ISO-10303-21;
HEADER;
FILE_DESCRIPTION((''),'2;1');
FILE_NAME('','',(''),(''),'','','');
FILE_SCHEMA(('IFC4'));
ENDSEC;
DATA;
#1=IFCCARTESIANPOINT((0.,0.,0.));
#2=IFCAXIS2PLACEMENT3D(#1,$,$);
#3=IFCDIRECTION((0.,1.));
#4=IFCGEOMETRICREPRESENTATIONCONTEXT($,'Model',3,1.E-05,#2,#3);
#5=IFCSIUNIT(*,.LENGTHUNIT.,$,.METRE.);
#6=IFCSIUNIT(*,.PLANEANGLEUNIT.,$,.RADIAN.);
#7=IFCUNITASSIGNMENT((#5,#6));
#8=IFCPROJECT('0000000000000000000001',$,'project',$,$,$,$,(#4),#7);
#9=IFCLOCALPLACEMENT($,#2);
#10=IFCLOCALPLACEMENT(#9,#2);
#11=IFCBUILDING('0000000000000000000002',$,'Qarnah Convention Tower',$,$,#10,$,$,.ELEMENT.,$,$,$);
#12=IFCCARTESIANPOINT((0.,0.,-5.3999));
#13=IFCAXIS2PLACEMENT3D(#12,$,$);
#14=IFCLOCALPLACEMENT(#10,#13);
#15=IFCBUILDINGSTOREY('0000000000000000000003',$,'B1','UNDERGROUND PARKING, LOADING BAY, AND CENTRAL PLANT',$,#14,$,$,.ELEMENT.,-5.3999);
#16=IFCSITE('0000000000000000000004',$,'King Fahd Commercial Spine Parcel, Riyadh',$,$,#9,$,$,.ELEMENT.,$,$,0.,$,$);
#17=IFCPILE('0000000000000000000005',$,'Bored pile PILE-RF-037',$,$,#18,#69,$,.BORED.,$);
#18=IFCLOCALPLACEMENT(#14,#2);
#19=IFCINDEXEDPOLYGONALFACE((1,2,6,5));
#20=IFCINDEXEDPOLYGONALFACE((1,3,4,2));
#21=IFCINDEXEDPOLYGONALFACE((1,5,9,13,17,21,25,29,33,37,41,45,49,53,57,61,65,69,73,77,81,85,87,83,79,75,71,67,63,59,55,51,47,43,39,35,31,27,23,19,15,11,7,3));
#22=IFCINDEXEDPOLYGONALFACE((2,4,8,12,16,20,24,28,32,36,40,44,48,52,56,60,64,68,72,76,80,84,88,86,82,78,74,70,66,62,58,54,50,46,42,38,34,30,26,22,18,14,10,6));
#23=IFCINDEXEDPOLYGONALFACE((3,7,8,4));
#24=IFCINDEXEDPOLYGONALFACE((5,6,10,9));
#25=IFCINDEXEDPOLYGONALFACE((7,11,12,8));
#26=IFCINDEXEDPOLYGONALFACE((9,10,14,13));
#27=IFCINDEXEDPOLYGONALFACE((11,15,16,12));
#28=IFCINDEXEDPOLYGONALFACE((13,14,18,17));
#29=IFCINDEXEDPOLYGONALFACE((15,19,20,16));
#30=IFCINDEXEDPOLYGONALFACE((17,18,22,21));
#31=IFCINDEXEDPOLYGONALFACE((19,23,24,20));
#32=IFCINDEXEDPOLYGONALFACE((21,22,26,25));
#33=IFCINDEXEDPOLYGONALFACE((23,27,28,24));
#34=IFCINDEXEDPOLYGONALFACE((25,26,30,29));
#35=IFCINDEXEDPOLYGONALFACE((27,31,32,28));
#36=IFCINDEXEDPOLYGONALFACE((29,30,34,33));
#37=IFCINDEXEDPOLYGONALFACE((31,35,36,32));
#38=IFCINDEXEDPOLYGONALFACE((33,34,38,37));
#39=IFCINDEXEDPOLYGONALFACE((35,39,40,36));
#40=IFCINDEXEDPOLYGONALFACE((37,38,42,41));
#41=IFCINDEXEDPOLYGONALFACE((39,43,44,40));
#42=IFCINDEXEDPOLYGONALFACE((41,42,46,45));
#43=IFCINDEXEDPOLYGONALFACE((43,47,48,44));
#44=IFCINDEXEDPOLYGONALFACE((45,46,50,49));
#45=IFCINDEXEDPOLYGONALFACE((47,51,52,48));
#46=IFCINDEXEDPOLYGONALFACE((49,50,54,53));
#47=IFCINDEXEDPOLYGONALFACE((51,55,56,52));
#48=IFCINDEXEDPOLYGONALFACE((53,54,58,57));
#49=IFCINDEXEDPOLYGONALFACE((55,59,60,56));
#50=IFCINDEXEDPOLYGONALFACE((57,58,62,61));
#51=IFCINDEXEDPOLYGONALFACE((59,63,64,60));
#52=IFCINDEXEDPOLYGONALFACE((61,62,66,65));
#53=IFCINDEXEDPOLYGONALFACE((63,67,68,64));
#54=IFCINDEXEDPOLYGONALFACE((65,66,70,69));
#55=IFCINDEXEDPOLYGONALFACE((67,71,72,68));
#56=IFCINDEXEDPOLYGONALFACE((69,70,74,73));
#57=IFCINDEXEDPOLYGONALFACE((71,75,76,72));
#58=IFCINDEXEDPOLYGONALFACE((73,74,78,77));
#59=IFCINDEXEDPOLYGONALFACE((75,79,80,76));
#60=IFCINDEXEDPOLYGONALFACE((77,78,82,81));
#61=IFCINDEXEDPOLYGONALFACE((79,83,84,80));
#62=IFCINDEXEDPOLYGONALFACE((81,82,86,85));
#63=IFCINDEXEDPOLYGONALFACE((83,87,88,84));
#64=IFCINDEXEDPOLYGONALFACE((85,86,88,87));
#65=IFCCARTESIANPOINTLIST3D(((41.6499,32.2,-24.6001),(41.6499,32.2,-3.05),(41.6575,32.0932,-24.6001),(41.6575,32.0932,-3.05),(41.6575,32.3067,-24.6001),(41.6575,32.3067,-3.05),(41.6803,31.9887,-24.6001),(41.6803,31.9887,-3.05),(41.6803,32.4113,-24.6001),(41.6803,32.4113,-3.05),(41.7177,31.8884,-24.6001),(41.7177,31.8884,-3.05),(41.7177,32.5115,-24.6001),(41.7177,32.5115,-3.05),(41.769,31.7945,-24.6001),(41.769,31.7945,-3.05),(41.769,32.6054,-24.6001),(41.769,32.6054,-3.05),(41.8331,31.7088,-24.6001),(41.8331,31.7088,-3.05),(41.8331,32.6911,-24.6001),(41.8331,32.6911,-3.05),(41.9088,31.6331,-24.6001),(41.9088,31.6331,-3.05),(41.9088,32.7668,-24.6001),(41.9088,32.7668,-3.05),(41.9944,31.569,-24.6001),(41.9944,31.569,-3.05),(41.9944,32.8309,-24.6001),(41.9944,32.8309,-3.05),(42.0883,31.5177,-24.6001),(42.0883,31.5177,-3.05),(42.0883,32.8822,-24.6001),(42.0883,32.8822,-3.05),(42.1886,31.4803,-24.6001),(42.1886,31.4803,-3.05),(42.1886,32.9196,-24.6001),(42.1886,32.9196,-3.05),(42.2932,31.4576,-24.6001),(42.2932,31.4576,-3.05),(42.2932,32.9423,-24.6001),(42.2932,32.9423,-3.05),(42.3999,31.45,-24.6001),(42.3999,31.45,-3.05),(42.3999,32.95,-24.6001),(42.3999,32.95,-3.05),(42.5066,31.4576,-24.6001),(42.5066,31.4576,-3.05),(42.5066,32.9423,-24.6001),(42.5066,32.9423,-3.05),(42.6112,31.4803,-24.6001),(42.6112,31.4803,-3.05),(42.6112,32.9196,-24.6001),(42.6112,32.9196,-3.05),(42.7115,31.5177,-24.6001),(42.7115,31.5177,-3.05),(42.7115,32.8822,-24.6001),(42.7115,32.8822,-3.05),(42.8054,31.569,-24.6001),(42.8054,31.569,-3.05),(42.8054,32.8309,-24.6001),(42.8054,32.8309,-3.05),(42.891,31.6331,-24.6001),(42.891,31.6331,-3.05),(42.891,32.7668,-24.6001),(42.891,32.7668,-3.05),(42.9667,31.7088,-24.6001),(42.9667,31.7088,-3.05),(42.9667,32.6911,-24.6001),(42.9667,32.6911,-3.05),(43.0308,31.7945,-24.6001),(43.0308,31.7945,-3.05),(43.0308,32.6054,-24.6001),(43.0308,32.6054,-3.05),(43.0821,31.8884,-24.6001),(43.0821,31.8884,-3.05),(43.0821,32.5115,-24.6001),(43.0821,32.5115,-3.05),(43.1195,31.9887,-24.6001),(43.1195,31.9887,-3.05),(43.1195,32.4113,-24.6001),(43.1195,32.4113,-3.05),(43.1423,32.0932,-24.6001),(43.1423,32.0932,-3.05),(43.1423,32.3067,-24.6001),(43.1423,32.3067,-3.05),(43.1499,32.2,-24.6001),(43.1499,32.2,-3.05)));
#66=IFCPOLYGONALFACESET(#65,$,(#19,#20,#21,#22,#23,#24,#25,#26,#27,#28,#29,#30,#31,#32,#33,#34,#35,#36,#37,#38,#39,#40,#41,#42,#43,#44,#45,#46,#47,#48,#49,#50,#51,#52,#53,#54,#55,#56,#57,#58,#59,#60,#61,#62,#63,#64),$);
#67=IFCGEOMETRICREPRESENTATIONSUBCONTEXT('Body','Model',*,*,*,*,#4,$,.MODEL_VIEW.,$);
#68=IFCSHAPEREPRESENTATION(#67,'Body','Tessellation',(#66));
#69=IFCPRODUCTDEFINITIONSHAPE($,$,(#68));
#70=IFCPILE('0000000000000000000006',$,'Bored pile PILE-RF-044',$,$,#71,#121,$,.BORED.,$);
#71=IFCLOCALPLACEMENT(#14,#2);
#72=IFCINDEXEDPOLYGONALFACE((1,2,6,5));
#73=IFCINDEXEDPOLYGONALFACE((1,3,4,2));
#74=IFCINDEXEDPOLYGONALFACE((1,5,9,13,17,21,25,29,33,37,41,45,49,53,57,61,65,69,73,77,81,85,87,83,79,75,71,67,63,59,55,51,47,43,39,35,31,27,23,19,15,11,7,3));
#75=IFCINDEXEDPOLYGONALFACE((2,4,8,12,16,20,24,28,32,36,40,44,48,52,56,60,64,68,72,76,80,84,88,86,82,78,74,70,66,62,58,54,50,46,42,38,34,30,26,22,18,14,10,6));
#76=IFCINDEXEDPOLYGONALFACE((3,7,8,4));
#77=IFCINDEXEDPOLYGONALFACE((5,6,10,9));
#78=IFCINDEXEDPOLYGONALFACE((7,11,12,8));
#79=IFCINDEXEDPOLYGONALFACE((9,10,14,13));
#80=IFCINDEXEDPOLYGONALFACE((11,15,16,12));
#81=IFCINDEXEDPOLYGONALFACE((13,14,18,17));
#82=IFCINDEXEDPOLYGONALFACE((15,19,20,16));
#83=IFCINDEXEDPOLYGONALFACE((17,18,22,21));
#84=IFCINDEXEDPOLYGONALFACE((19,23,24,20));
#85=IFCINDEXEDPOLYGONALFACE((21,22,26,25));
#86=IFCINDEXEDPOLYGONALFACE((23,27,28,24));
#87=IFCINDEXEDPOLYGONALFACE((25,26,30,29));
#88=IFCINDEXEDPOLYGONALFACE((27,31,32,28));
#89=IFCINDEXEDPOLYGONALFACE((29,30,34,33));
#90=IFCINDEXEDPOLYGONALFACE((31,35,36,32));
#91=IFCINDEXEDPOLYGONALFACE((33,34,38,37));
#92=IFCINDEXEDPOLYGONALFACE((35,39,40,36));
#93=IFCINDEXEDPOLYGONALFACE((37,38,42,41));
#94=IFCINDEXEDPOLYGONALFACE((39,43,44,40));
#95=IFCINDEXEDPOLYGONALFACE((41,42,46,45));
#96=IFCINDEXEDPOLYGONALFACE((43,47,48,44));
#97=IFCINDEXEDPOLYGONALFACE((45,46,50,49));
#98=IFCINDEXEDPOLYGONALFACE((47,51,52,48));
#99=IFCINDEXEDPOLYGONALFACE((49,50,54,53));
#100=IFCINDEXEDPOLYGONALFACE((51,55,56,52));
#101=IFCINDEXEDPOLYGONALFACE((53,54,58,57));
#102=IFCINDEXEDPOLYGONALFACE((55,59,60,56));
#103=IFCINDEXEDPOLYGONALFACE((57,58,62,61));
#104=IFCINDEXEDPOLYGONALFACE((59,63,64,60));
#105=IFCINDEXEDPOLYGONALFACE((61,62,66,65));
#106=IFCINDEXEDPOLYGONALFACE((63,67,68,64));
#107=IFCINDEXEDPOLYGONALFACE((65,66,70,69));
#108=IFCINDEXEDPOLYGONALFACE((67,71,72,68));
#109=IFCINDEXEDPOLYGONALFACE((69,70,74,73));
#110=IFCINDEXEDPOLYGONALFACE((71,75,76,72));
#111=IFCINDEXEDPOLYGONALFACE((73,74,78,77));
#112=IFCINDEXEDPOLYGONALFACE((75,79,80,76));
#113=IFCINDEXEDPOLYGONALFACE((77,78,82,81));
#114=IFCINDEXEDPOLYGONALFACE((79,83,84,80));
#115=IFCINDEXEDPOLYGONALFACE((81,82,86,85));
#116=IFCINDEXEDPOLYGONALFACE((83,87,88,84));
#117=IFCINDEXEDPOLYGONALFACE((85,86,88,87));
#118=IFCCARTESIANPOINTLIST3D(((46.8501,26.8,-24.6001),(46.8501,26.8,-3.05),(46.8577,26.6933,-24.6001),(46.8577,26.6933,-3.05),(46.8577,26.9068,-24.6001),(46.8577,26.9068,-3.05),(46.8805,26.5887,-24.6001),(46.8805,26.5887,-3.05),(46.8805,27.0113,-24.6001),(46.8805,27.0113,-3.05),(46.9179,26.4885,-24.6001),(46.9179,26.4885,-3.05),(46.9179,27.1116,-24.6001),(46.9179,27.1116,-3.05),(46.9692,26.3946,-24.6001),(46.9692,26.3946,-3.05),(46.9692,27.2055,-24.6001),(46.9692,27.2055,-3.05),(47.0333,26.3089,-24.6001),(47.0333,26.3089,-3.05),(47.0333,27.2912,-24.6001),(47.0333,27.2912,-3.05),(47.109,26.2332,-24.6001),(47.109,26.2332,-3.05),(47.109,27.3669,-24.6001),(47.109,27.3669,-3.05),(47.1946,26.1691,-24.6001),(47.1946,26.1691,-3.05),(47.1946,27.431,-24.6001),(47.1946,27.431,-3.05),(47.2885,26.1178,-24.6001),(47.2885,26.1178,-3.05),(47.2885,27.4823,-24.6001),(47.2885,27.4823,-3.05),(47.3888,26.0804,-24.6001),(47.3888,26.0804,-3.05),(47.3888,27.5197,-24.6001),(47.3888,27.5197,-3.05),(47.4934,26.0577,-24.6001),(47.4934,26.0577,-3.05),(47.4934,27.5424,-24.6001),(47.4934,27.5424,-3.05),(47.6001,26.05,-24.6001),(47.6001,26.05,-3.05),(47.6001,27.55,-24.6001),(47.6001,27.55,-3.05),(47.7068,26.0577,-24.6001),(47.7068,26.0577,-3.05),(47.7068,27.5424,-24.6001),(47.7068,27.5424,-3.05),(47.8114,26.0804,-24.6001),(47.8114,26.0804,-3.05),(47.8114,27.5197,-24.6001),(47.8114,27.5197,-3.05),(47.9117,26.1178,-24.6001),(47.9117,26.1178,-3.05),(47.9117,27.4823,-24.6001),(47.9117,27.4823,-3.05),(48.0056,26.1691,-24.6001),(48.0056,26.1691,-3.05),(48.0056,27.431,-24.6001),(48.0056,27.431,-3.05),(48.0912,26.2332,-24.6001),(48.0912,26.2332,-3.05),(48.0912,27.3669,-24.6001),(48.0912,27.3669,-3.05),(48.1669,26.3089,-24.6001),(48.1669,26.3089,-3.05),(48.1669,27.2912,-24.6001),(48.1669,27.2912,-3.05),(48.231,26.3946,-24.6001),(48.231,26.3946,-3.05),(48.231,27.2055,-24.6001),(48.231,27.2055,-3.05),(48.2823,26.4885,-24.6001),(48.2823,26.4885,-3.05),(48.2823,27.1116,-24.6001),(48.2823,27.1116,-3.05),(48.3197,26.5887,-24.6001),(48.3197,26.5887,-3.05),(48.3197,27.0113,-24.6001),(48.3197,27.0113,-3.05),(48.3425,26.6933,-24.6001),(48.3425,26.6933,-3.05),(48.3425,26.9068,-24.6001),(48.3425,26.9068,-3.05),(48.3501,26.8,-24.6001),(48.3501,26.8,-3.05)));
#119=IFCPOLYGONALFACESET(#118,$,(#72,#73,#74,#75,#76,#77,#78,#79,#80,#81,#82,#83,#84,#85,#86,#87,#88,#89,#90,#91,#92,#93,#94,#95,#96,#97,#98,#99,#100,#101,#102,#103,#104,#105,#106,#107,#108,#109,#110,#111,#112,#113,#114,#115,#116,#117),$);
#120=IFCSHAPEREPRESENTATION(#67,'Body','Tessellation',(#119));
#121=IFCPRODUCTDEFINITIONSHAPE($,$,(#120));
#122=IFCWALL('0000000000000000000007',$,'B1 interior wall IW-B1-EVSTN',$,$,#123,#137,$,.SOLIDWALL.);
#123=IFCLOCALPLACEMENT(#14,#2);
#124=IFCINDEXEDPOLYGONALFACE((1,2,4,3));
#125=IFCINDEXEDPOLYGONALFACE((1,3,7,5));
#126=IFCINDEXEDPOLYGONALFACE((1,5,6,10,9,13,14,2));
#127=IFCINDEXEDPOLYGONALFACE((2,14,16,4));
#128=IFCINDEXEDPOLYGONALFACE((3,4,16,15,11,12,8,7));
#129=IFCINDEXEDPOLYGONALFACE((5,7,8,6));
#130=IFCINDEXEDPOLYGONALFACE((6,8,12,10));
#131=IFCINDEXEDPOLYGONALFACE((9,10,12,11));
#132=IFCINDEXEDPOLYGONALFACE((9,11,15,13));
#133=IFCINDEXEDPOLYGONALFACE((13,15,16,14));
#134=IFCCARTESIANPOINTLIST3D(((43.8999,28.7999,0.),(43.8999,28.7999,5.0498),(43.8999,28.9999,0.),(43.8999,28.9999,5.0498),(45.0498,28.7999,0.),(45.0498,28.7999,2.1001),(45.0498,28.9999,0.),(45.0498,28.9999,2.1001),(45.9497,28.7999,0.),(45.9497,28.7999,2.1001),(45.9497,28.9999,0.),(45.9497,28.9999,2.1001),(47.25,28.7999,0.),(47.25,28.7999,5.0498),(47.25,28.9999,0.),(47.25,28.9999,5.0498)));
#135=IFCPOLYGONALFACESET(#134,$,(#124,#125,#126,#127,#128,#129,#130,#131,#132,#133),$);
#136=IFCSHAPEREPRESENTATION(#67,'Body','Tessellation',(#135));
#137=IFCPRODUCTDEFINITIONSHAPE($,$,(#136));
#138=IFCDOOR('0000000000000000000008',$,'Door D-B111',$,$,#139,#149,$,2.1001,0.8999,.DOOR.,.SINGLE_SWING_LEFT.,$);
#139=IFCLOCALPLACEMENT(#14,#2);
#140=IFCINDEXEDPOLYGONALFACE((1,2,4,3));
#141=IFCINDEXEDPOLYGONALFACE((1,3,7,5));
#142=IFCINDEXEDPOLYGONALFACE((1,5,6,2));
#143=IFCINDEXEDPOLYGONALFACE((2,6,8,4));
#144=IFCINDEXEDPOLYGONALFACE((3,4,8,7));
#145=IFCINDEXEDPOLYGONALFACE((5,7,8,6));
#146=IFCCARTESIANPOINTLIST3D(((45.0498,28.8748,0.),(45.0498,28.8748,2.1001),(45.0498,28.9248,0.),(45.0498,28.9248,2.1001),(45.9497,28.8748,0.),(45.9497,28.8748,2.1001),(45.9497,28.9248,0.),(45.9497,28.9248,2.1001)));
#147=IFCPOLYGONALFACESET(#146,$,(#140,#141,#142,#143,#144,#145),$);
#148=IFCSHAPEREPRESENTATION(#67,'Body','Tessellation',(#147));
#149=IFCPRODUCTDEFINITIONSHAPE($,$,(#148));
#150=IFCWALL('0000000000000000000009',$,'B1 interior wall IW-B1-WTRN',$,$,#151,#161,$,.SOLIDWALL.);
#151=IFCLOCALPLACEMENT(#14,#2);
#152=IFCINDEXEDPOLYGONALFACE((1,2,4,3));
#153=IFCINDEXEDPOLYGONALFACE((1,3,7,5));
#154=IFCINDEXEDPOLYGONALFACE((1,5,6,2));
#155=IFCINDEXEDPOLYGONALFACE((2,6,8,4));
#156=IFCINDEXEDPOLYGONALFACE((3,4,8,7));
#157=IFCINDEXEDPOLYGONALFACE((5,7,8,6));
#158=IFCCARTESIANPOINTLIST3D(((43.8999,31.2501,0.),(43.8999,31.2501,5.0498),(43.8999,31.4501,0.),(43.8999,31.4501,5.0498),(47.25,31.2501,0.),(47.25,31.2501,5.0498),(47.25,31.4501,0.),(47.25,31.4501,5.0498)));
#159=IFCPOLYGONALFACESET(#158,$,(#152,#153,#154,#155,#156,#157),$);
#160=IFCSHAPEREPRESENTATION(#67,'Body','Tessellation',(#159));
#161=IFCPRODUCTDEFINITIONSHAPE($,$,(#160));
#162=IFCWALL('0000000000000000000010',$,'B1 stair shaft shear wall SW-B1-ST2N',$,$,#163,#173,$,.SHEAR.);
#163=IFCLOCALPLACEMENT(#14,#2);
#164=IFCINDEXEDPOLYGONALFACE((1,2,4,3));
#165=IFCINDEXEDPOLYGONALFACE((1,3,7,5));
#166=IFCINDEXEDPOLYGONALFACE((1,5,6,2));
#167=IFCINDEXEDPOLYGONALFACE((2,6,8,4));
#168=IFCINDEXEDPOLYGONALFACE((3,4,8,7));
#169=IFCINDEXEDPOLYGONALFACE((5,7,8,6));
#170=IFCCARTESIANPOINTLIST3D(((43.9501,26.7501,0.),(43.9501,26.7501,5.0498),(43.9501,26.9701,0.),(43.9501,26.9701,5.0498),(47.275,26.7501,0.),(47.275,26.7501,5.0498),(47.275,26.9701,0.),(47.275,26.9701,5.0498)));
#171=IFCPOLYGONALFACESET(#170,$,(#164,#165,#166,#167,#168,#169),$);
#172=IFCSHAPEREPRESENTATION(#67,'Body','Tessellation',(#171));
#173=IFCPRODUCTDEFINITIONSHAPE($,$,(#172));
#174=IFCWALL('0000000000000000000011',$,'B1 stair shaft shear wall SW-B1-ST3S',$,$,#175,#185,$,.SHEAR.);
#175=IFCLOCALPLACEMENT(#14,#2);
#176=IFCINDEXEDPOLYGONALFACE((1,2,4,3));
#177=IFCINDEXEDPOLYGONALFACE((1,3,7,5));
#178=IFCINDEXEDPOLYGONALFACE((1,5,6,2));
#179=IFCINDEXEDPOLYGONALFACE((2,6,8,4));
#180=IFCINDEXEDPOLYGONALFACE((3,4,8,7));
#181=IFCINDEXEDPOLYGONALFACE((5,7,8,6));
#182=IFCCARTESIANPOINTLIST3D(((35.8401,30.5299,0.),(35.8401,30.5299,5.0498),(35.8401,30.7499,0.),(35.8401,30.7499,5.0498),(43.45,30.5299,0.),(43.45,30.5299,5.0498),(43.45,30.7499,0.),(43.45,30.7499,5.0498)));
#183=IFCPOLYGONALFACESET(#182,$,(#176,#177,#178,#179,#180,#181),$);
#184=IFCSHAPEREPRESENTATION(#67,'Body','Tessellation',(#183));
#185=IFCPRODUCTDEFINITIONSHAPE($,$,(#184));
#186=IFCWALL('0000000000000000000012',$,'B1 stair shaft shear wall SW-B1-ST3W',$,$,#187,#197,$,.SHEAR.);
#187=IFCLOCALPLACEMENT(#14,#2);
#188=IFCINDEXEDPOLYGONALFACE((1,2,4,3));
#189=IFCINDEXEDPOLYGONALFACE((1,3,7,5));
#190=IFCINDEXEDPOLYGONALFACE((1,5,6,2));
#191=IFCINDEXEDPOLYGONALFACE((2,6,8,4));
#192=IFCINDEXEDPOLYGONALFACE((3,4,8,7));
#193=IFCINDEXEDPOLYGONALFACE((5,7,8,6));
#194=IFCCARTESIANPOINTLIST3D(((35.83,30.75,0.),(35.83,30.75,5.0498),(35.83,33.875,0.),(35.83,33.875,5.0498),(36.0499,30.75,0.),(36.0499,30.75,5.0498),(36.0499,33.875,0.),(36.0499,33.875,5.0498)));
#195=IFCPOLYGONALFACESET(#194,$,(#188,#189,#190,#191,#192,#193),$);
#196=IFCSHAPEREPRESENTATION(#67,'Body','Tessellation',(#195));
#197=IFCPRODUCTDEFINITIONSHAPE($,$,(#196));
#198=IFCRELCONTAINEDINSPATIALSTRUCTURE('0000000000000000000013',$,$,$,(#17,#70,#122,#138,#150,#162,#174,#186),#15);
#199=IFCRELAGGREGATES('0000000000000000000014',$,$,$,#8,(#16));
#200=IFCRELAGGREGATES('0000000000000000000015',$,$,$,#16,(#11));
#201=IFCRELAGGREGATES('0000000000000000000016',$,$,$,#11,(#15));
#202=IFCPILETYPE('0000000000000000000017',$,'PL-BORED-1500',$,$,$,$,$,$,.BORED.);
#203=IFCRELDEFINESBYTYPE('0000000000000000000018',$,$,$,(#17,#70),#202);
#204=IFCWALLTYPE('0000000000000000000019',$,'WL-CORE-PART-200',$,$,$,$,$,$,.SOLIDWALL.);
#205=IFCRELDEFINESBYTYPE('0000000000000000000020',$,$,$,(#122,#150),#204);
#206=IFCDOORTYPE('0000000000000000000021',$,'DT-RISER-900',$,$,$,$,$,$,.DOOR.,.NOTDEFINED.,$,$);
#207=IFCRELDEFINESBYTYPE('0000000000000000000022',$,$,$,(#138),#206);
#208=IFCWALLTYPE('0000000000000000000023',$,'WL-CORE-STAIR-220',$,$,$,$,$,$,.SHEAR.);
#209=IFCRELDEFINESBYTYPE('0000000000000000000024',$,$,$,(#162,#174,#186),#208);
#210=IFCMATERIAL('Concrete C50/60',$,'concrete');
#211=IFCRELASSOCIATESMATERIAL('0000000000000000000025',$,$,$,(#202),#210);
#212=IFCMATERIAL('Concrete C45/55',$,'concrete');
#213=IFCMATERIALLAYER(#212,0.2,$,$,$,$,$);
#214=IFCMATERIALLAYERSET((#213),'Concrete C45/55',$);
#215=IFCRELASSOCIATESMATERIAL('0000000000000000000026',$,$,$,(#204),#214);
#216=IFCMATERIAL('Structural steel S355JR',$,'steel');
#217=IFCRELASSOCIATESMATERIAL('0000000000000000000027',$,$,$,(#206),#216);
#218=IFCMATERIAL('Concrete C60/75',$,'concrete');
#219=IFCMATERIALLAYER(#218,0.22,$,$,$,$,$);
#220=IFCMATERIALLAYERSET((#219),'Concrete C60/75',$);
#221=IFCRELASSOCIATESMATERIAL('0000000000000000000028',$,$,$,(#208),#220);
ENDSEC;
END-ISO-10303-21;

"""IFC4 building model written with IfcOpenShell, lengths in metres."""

from ifc_helpers import new_model, si_unit, direction, frame, frame_2d, origin, origin_2d, place, context, subcontext, project, spatial, rectangle, circle, extrude, material, layer, layer_set, material_profile, profile_set, type_object, element, fill, save


model = new_model("IFC4")

# Units and contexts
model_context = context("Model", 3, precision=1e-05, world=origin(), true_north=direction((0.0, 1.0)))
body_context = subcontext(model_context, "Body", "Model", "MODEL_VIEW")
ifc_project = project(units=[si_unit("LENGTHUNIT", "METRE"), si_unit("PLANEANGLEUNIT", "RADIAN")], contexts=[model_context])

# Site, building, storey
site_placement = place(None, origin())
site = spatial("IfcSite", under=ifc_project, at=site_placement, Name="King Fahd Commercial Spine Parcel, Riyadh", CompositionType="ELEMENT", RefElevation=0.0)
building_placement = place(site_placement, origin())
building = spatial("IfcBuilding", under=site, at=building_placement, Name="Qarnah Convention Tower", CompositionType="ELEMENT")
storey_placement = place(building_placement, frame((0.0, 0.0, -5.3999)))
storey = spatial("IfcBuildingStorey", under=building, at=storey_placement, Name="B1", Description="UNDERGROUND PARKING, LOADING BAY, AND CENTRAL PLANT", CompositionType="ELEMENT", Elevation=-5.3999)

# Shared definitions
ifc_material_1 = material(Name="Concrete C50/60", Category="concrete")

# Piles
ifc_material_profile = material_profile(ifc_material_1, circle(Radius=0.75, at=origin_2d()), Name="PILE-D1500")
ifc_profile_set = profile_set([ifc_material_profile], Name="Concrete C50/60")
pile_type = type_object("IfcPileType", Name="PL-BORED-1500", PredefinedType="BORED", material=ifc_profile_set)
for number, where, z_axis, x_axis, name in (
    (1, (42.3999, 32.2, -3.05), (0.0, 0.0, -1.0), (1.0, 0.0, 0.0), "Bored pile PILE-RF-037"),
    (2, (47.6001, 26.8, -3.05), (0.0, 0.0, -1.0), (1.0, 0.0, 0.0), "Bored pile PILE-RF-044"),
):
    element("IfcPile", number, at=place(storey_placement, frame(where, z_axis=z_axis, x_axis=x_axis)), inside=storey, type_object=pile_type, Name=name, PredefinedType="BORED", context=body_context, shape_type="SweptSolid", body=[
        extrude(circle(Radius=0.75, at=origin_2d()), origin(), (0.0, 0.0, 1.0), 21.55),
    ])

# Wall, opening, door
ifc_material_2 = material(Name="Concrete C45/55", Category="concrete")
ifc_layer_1 = layer(ifc_material_2, 0.2)
ifc_layer_set_1 = layer_set([ifc_layer_1], Name="Concrete C45/55")
wall_type_1 = type_object("IfcWallType", Name="WL-CORE-PART-200", PredefinedType="SOLIDWALL", material=ifc_layer_set_1)
wall_1_placement = place(storey_placement, frame((43.8999, 28.8999, 0.0), z_axis=(0.0, 0.0, 1.0), x_axis=(1.0, 0.0, 0.0)))
wall_1 = element("IfcWall", 3, at=wall_1_placement, inside=storey, type_object=wall_type_1, Name="B1 interior wall IW-B1-EVSTN", PredefinedType="SOLIDWALL", context=body_context, shape_type="SweptSolid", body=[
    extrude(rectangle(XDim=3.3501, YDim=0.2, at=frame_2d((1.675, 0.0))), origin(), (0.0, 0.0, 1.0), 5.0498),
])
opening_placement = place(wall_1_placement, frame((1.1499, 0.0, 0.0)))
opening = element("IfcOpeningElement", 4, at=opening_placement, cuts=wall_1, PredefinedType="OPENING", context=body_context, shape_type="SweptSolid", body=[
    extrude(rectangle(XDim=0.8999, YDim=2.1001, at=frame_2d((0.45, 1.05))), frame((0.0, 0.1099, 0.0), z_axis=(0.0, -1.0, 0.0), x_axis=(1.0, 0.0, 0.0)), (0.0, 0.0, 1.0), 0.22),
])
ifc_material_3 = material(Name="Structural steel S355JR", Category="steel")
door_type = type_object("IfcDoorType", Name="DT-RISER-900", OperationType="NOTDEFINED", PredefinedType="DOOR", material=ifc_material_3)
door_placement = place(opening_placement, origin())
door = element("IfcDoor", 5, at=door_placement, inside=storey, type_object=door_type, Name="Door D-B111", OperationType="SINGLE_SWING_LEFT", OverallHeight=2.1001, OverallWidth=0.8999, PredefinedType="DOOR", context=body_context, shape_type="SweptSolid", body=[
    extrude(rectangle(XDim=0.8999, YDim=2.1001, at=frame_2d((0.45, 1.05))), frame((0.0, 0.0249, 0.0), z_axis=(0.0, -1.0, 0.0), x_axis=(1.0, 0.0, 0.0)), (0.0, 0.0, 1.0), 0.05),
])
fill(opening, door)

# Walls
wall_2_placement = place(storey_placement, frame((43.8999, 31.3501, 0.0), z_axis=(0.0, 0.0, 1.0), x_axis=(1.0, 0.0, 0.0)))
element("IfcWall", 6, at=wall_2_placement, inside=storey, type_object=wall_type_1, Name="B1 interior wall IW-B1-WTRN", PredefinedType="SOLIDWALL", context=body_context, shape_type="SweptSolid", body=[
    extrude(rectangle(XDim=3.3501, YDim=0.2, at=frame_2d((1.675, 0.0))), origin(), (0.0, 0.0, 1.0), 5.0498),
])
ifc_material_4 = material(Name="Concrete C60/75", Category="concrete")
ifc_layer_2 = layer(ifc_material_4, 0.22)
ifc_layer_set_2 = layer_set([ifc_layer_2], Name="Concrete C60/75")
wall_type_2 = type_object("IfcWallType", Name="WL-CORE-STAIR-220", PredefinedType="SHEAR", material=ifc_layer_set_2)
wall_3_placement = place(storey_placement, frame((43.95, 26.8601, 0.0), z_axis=(0.0, 0.0, 1.0), x_axis=(1.0, 0.0, 0.0)))
element("IfcWall", 7, at=wall_3_placement, inside=storey, type_object=wall_type_2, Name="B1 stair shaft shear wall SW-B1-ST2N", PredefinedType="SHEAR", context=body_context, shape_type="SweptSolid", body=[
    extrude(rectangle(XDim=3.325, YDim=0.22, at=frame_2d((1.6626, 0.0))), origin(), (0.0, 0.0, 1.0), 5.0498),
])
wall_4_placement = place(storey_placement, frame((35.8401, 30.6399, 0.0), z_axis=(0.0, 0.0, 1.0), x_axis=(1.0, 0.0, 0.0)))
element("IfcWall", 8, at=wall_4_placement, inside=storey, type_object=wall_type_2, Name="B1 stair shaft shear wall SW-B1-ST3S", PredefinedType="SHEAR", context=body_context, shape_type="SweptSolid", body=[
    extrude(rectangle(XDim=7.6099, YDim=0.22, at=frame_2d((3.8049, 0.0))), origin(), (0.0, 0.0, 1.0), 5.0498),
])
wall_5_placement = place(storey_placement, frame((35.9399, 30.75, 0.0), z_axis=(0.0, 0.0, 1.0), x_axis=(0.0, 1.0, 0.0)))
element("IfcWall", 9, at=wall_5_placement, inside=storey, type_object=wall_type_2, Name="B1 stair shaft shear wall SW-B1-ST3W", PredefinedType="SHEAR", context=body_context, shape_type="SweptSolid", body=[
    extrude(rectangle(XDim=3.125, YDim=0.22, at=frame_2d((1.5625, 0.0))), origin(), (0.0, 0.0, 1.0), 5.0498),
])

save(model, "model.ifc")
